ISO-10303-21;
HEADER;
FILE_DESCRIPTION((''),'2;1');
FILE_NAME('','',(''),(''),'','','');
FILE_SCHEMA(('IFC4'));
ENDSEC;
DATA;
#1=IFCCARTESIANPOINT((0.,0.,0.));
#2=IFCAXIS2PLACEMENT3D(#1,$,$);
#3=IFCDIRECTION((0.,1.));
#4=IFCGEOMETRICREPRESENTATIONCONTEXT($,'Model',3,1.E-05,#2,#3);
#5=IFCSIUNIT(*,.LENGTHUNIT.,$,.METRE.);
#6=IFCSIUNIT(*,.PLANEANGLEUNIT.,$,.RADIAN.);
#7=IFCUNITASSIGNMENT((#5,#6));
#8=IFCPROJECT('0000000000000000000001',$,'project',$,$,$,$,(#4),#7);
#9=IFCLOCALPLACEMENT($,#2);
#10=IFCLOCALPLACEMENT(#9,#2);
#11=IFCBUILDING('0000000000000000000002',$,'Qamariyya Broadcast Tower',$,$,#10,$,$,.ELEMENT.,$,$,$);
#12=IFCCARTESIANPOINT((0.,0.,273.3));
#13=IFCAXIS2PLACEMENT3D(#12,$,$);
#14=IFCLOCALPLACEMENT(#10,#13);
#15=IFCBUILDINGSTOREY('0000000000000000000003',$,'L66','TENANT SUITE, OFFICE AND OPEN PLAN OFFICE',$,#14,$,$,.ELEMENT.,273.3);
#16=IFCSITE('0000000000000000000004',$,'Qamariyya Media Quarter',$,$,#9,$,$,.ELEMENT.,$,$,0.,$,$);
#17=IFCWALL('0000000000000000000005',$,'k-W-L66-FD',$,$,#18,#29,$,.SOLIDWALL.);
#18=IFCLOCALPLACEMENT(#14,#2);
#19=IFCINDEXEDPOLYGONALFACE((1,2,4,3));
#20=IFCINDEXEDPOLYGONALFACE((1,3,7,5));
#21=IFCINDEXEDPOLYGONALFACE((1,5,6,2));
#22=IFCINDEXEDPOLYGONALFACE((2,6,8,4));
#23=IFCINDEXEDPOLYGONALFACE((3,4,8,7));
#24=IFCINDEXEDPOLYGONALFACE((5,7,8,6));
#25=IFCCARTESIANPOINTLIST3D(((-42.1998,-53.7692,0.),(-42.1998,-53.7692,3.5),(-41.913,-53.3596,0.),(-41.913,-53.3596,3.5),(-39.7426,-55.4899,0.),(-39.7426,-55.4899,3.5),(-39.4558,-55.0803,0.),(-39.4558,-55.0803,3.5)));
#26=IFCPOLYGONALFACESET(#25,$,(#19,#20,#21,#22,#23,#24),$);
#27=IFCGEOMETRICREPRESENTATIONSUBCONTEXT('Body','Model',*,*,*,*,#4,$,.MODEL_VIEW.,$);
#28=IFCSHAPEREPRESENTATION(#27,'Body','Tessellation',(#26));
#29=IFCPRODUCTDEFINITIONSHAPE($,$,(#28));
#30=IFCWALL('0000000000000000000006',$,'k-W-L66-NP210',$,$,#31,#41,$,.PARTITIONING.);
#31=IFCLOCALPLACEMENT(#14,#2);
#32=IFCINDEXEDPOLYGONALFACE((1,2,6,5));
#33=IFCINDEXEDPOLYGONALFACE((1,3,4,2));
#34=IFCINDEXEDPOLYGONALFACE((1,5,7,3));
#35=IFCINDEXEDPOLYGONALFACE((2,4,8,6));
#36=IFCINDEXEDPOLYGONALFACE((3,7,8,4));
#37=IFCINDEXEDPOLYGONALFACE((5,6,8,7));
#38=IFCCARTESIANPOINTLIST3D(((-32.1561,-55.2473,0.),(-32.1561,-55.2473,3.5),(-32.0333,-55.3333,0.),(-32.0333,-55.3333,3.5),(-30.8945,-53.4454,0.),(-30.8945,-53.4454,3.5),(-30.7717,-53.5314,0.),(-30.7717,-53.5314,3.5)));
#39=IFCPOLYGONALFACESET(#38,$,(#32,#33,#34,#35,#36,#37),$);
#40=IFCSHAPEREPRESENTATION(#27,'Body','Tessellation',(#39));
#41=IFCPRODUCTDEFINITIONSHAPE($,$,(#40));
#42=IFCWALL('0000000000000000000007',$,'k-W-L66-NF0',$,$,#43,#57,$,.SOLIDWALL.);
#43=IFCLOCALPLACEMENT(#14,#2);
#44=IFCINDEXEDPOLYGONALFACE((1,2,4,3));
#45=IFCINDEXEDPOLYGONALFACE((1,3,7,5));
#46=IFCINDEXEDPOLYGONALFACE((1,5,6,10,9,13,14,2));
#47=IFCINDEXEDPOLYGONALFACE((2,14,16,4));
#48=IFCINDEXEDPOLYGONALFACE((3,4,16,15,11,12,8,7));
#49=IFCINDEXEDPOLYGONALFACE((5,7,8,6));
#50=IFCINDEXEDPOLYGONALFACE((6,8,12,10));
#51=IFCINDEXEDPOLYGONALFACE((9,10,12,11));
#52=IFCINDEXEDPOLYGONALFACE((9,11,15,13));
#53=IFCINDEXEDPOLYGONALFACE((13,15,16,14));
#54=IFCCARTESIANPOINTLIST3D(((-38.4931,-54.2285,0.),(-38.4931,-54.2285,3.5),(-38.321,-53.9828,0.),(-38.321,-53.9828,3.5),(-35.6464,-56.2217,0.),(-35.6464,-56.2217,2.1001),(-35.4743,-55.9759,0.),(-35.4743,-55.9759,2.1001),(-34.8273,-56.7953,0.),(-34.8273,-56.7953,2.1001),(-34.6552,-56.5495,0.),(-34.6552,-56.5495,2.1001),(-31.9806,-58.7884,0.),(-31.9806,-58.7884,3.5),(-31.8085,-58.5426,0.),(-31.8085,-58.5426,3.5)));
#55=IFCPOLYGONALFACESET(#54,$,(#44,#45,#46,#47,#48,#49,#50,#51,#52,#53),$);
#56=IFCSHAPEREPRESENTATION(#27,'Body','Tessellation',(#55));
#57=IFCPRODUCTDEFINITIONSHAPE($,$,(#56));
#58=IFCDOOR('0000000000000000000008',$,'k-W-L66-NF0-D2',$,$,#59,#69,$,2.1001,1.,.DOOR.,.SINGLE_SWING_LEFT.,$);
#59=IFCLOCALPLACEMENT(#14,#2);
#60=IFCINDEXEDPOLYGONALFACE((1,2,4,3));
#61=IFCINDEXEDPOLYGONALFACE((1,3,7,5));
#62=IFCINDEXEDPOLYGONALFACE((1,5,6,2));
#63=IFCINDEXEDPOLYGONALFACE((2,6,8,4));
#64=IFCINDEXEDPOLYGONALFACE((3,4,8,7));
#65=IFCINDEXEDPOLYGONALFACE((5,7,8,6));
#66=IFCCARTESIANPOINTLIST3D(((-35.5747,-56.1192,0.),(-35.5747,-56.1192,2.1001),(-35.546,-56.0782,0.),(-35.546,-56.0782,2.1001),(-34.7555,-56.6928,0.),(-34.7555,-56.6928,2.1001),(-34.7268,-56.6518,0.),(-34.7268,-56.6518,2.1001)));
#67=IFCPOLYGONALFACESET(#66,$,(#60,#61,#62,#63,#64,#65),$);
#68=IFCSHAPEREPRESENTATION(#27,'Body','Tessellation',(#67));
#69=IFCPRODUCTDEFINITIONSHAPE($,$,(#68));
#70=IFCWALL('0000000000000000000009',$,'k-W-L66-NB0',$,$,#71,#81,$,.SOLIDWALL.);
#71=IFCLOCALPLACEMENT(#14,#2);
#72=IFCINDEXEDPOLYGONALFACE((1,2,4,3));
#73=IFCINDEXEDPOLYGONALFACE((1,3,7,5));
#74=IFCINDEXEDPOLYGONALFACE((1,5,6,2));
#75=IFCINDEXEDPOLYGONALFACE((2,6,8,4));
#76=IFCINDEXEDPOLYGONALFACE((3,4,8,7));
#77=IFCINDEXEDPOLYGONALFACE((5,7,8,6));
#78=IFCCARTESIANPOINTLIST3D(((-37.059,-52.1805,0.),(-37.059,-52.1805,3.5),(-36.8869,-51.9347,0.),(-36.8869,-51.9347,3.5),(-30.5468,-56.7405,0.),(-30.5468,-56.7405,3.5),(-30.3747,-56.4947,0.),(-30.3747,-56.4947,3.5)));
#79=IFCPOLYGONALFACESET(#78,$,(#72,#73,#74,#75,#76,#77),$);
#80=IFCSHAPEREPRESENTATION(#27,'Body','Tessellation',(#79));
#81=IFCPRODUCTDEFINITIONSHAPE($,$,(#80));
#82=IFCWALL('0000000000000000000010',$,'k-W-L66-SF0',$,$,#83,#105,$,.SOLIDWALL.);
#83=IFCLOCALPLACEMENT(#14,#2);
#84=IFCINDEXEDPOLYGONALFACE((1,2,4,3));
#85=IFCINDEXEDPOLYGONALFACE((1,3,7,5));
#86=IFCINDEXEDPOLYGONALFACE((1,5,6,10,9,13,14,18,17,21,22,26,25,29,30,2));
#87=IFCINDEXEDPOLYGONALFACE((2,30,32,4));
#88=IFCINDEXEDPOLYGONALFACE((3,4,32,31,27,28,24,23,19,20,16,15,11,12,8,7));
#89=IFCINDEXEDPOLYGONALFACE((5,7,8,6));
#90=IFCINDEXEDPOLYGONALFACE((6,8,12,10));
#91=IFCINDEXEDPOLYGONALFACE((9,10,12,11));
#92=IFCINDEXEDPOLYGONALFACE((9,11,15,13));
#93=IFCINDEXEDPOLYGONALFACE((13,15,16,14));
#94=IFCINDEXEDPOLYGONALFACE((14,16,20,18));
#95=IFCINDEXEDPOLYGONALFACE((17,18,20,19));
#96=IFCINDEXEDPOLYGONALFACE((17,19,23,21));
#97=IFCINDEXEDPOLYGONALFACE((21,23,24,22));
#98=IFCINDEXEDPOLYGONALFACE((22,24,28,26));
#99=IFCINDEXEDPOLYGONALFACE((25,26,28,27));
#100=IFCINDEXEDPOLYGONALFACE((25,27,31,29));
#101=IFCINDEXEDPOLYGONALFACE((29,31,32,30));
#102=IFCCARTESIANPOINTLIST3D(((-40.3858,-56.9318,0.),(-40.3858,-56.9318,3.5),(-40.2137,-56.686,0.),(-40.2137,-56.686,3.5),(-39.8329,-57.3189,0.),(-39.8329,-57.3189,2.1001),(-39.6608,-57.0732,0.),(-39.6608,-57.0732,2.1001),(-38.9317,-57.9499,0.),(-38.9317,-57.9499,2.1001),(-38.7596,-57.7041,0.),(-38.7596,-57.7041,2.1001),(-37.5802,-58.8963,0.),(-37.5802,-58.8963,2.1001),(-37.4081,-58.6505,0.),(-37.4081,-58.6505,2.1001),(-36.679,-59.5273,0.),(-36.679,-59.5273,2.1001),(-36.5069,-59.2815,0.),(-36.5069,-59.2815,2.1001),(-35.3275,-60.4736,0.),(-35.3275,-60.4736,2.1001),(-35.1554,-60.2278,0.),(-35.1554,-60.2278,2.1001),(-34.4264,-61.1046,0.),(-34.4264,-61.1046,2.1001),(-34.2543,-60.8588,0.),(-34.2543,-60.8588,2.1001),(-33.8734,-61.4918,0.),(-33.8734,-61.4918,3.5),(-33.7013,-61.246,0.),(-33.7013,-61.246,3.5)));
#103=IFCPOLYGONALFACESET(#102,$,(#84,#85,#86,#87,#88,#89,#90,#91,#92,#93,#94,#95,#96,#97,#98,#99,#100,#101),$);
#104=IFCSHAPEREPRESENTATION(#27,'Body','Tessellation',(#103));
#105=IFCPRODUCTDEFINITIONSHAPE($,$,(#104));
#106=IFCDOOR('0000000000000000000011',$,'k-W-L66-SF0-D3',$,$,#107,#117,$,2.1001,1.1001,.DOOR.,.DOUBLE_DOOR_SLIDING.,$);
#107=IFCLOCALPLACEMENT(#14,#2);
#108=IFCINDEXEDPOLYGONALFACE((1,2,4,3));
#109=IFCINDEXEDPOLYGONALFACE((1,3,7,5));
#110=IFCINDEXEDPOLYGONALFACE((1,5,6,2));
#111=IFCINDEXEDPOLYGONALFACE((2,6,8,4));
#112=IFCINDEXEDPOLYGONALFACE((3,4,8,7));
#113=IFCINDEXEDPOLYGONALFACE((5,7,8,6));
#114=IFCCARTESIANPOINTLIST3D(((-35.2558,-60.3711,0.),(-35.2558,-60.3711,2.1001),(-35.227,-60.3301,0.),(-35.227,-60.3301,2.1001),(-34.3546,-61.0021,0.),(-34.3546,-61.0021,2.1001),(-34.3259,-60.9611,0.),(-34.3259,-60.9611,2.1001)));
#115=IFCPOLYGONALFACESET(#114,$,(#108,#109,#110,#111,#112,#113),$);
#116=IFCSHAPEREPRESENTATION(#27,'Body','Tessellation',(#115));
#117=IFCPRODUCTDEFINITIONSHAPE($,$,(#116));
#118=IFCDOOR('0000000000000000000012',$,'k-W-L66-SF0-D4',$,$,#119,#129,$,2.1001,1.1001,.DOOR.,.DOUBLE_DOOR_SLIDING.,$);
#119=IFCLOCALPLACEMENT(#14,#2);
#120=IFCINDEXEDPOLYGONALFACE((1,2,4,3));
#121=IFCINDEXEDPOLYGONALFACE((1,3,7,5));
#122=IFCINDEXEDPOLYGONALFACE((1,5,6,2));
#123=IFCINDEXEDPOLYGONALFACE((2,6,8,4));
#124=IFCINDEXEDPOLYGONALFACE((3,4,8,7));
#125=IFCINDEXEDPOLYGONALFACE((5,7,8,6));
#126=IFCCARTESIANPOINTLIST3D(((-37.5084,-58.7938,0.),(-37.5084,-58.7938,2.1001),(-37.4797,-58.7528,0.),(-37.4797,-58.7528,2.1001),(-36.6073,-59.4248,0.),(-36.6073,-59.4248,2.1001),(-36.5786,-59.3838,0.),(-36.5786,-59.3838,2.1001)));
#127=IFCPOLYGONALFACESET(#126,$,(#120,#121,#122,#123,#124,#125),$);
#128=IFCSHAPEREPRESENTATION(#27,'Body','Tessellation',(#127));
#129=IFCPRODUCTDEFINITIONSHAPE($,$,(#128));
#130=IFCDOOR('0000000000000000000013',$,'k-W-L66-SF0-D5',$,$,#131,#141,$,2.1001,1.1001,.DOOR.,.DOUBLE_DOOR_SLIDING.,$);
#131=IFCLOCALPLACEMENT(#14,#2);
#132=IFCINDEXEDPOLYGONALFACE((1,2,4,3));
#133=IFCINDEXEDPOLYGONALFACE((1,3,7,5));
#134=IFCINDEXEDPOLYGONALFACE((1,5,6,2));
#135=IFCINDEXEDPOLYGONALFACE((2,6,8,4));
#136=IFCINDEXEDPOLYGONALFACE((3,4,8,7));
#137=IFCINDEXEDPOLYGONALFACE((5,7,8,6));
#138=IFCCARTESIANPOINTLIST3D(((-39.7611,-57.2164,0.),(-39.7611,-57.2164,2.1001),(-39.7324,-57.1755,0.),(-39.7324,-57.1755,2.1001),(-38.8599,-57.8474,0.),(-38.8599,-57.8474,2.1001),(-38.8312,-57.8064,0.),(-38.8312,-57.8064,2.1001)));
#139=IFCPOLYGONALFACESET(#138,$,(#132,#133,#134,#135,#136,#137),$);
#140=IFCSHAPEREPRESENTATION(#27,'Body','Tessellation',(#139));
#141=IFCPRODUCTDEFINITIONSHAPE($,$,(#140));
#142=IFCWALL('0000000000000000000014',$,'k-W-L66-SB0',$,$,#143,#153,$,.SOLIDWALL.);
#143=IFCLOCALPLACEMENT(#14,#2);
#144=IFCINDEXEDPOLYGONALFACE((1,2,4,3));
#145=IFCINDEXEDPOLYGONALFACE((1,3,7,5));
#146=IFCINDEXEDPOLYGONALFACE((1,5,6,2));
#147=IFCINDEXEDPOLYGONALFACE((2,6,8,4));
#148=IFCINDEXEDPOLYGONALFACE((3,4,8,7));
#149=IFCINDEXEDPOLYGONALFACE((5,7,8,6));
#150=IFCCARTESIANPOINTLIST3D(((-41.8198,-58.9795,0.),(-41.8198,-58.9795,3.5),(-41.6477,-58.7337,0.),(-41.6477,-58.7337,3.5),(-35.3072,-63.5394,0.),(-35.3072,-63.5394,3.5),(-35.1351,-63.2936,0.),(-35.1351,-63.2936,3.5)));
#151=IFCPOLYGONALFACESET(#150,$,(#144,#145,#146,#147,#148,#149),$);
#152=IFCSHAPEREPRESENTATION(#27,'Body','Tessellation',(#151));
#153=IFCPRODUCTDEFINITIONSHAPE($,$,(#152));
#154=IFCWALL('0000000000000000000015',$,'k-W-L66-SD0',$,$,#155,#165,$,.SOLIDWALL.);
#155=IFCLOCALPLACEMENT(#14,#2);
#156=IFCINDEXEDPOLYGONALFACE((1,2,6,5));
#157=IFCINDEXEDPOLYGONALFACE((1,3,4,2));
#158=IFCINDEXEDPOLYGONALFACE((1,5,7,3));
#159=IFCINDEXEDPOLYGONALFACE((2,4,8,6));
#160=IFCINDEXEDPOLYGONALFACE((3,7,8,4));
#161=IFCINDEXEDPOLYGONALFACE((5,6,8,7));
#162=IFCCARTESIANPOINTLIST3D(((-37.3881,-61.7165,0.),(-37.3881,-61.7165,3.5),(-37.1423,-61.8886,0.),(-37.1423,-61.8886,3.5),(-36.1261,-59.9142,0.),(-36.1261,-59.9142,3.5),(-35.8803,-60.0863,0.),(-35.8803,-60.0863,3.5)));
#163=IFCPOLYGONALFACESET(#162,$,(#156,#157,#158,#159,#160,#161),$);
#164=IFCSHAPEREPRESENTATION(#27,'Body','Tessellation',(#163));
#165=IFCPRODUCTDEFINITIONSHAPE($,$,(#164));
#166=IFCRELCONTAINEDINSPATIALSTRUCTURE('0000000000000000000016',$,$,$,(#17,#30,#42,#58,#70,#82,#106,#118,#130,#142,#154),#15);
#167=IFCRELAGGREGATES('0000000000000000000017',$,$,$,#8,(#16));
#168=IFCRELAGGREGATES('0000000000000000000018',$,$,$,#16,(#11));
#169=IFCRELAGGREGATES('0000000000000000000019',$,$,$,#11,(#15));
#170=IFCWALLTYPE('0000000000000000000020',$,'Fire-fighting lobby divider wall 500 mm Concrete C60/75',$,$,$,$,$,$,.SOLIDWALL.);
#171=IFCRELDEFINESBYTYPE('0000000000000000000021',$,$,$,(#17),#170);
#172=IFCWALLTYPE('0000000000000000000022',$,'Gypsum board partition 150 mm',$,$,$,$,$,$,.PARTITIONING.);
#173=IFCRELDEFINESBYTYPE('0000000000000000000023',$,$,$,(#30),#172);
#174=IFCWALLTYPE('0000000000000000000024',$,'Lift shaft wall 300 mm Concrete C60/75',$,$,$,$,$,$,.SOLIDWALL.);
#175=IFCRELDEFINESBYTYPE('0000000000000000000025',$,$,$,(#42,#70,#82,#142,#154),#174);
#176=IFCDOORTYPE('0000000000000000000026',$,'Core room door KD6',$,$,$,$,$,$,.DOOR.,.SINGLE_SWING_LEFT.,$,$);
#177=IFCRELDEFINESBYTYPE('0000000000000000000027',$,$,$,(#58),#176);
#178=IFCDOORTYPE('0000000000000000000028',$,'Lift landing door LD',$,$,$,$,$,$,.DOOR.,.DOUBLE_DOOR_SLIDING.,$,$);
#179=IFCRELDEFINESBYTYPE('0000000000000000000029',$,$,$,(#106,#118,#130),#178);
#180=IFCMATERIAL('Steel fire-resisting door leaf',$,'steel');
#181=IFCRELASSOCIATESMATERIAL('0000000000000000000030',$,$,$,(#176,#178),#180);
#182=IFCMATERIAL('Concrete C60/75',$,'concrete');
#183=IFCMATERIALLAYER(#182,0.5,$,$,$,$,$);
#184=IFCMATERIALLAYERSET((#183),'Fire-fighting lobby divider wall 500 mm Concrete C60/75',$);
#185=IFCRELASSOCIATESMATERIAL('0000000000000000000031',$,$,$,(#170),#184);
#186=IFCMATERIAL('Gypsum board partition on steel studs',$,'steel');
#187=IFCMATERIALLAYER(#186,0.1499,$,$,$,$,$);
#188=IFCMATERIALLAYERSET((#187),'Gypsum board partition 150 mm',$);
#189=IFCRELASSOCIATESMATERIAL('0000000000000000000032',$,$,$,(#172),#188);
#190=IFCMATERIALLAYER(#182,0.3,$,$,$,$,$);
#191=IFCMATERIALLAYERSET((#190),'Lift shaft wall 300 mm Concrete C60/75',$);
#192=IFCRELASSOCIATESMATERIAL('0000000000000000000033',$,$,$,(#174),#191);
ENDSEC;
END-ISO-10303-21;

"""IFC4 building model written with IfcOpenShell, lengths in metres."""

from ifc_helpers import new_model, si_unit, direction, frame, frame_2d, origin, place, context, subcontext, project, spatial, rectangle, extrude, material, layer, layer_set, type_object, element, fill, save


model = new_model("IFC4")

# Units and contexts
model_context = context("Model", 3, precision=1e-05, world=origin(), true_north=direction((0.0, 1.0)))
body_context = subcontext(model_context, "Body", "Model", "MODEL_VIEW")
ifc_project = project(units=[si_unit("LENGTHUNIT", "METRE"), si_unit("PLANEANGLEUNIT", "RADIAN")], contexts=[model_context])

# Site, building, storey
site_placement = place(None, origin())
site = spatial("IfcSite", under=ifc_project, at=site_placement, Name="Qamariyya Media Quarter", CompositionType="ELEMENT", RefElevation=0.0)
building_placement = place(site_placement, origin())
building = spatial("IfcBuilding", under=site, at=building_placement, Name="Qamariyya Broadcast Tower", CompositionType="ELEMENT")
storey_placement = place(building_placement, frame((0.0, 0.0, 273.3)))
storey = spatial("IfcBuildingStorey", under=building, at=storey_placement, Name="L66", Description="TENANT SUITE, OFFICE AND OPEN PLAN OFFICE", CompositionType="ELEMENT", Elevation=273.3)

# Shared definitions
ifc_material_1 = material(Name="Concrete C60/75", Category="concrete")
ifc_material_2 = material(Name="Steel fire-resisting door leaf", Category="steel")

# Shared definitions
door_type_1 = type_object("IfcDoorType", Name="Core room door KD6", OperationType="SINGLE_SWING_LEFT", PredefinedType="DOOR", material=ifc_material_2)

# Walls
ifc_layer_1 = layer(ifc_material_1, 0.5)
ifc_layer_set_1 = layer_set([ifc_layer_1], Name="Fire-fighting lobby divider wall 500 mm Concrete C60/75")
wall_type_1 = type_object("IfcWallType", Name="Fire-fighting lobby divider wall 500 mm Concrete C60/75", PredefinedType="SOLIDWALL", material=ifc_layer_set_1)
wall_1_placement = place(storey_placement, frame((-39.5991, -55.2852, 0.0), z_axis=(0.0, 0.0, 1.0), x_axis=(-0.819136, 0.573599, 0.0)))
element("IfcWall", 1, at=wall_1_placement, inside=storey, type_object=wall_type_1, Name="k-W-L66-FD", PredefinedType="SOLIDWALL", context=body_context, shape_type="SweptSolid", body=[
    extrude(rectangle(XDim=2.9998, YDim=0.5, at=frame_2d((1.5, 0.0))), origin(), (0.0, 0.0, 1.0), 3.5),
])
ifc_material_3 = material(Name="Gypsum board partition on steel studs", Category="steel")
ifc_layer_2 = layer(ifc_material_3, 0.1499)
ifc_layer_set_2 = layer_set([ifc_layer_2], Name="Gypsum board partition 150 mm")
wall_type_2 = type_object("IfcWallType", Name="Gypsum board partition 150 mm", PredefinedType="PARTITIONING", material=ifc_layer_set_2)
wall_2_placement = place(storey_placement, frame((-32.0947, -55.2903, 0.0), z_axis=(0.0, 0.0, 1.0), x_axis=(0.573559, 0.819164, 0.0)))
element("IfcWall", 2, at=wall_2_placement, inside=storey, type_object=wall_type_2, Name="k-W-L66-NP210", PredefinedType="PARTITIONING", context=body_context, shape_type="SweptSolid", body=[
    extrude(rectangle(XDim=2.1997, YDim=0.1499, at=frame_2d((1.0999, 0.0))), origin(), (0.0, 0.0, 1.0), 3.5),
])

# Wall, opening, door
ifc_layer_3 = layer(ifc_material_1, 0.3)
ifc_layer_set_3 = layer_set([ifc_layer_3], Name="Lift shaft wall 300 mm Concrete C60/75")
wall_type_3 = type_object("IfcWallType", Name="Lift shaft wall 300 mm Concrete C60/75", PredefinedType="SOLIDWALL", material=ifc_layer_set_3)
wall_3_placement = place(storey_placement, frame((-31.8945, -58.6655, 0.0), z_axis=(0.0, 0.0, 1.0), x_axis=(-0.819167, 0.573555, 0.0)))
wall_3 = element("IfcWall", 3, at=wall_3_placement, inside=storey, type_object=wall_type_3, Name="k-W-L66-NF0", PredefinedType="SOLIDWALL", context=body_context, shape_type="SweptSolid", body=[
    extrude(rectangle(XDim=7.9502, YDim=0.3, at=frame_2d((3.9751, 0.0))), origin(), (0.0, 0.0, 1.0), 3.5),
])
opening_1_placement = place(wall_3_placement, frame((3.4751, 0.0, 0.0)))
opening_1 = element("IfcOpeningElement", 4, at=opening_1_placement, cuts=wall_3, PredefinedType="OPENING", context=body_context, shape_type="SweptSolid", body=[
    extrude(rectangle(XDim=1.0, YDim=2.1001, at=frame_2d((0.5, 1.05))), frame((0.0, 0.1599, 0.0), z_axis=(0.0, -1.0, 0.0), x_axis=(1.0, 0.0, 0.0)), (0.0, 0.0, 1.0), 0.3201),
])
door_1_placement = place(opening_1_placement, origin())
door_1 = element("IfcDoor", 5, at=door_1_placement, inside=storey, type_object=door_type_1, Name="k-W-L66-NF0-D2", OperationType="SINGLE_SWING_LEFT", OverallHeight=2.1001, OverallWidth=1.0, PredefinedType="DOOR", context=body_context, shape_type="SweptSolid", body=[
    extrude(rectangle(XDim=1.0, YDim=2.1001, at=frame_2d((0.5, 1.05))), frame((0.0, 0.0249, 0.0), z_axis=(0.0, -1.0, 0.0), x_axis=(1.0, 0.0, 0.0)), (0.0, 0.0, 1.0), 0.05),
])
fill(opening_1, door_1)

# Wall
wall_4_placement = place(storey_placement, frame((-30.4607, -56.6177, 0.0), z_axis=(0.0, 0.0, 1.0), x_axis=(-0.819142, 0.57359, 0.0)))
element("IfcWall", 6, at=wall_4_placement, inside=storey, type_object=wall_type_3, Name="k-W-L66-NB0", PredefinedType="SOLIDWALL", context=body_context, shape_type="SweptSolid", body=[
    extrude(rectangle(XDim=7.95, YDim=0.3, at=frame_2d((3.9751, 0.0))), origin(), (0.0, 0.0, 1.0), 3.5),
])

# Wall, openings, doors
wall_5_placement = place(storey_placement, frame((-33.7874, -61.3689, 0.0), z_axis=(0.0, 0.0, 1.0), x_axis=(-0.819153, 0.573576, 0.0)))
wall_5 = element("IfcWall", 7, at=wall_5_placement, inside=storey, type_object=wall_type_3, Name="k-W-L66-SF0", PredefinedType="SOLIDWALL", context=body_context, shape_type="SweptSolid", body=[
    extrude(rectangle(XDim=7.9502, YDim=0.3, at=frame_2d((3.9751, 0.0))), origin(), (0.0, 0.0, 1.0), 3.5),
])
opening_2_placement = place(wall_5_placement, frame((0.675, 0.0, 0.0)))
opening_2 = element("IfcOpeningElement", 8, at=opening_2_placement, cuts=wall_5, PredefinedType="OPENING", context=body_context, shape_type="SweptSolid", body=[
    extrude(rectangle(XDim=1.1001, YDim=2.1001, at=frame_2d((0.55, 1.05))), frame((0.0, 0.1599, 0.0), z_axis=(0.0, -1.0, 0.0), x_axis=(1.0, 0.0, 0.0)), (0.0, 0.0, 1.0), 0.3201),
])
opening_3_placement = place(wall_5_placement, frame((3.425, 0.0, 0.0)))
opening_3 = element("IfcOpeningElement", 9, at=opening_3_placement, cuts=wall_5, PredefinedType="OPENING", context=body_context, shape_type="SweptSolid", body=[
    extrude(rectangle(XDim=1.1001, YDim=2.1001, at=frame_2d((0.55, 1.05))), frame((0.0, 0.1599, 0.0), z_axis=(0.0, -1.0, 0.0), x_axis=(1.0, 0.0, 0.0)), (0.0, 0.0, 1.0), 0.3201),
])
opening_4_placement = place(wall_5_placement, frame((6.175, 0.0, 0.0)))
opening_4 = element("IfcOpeningElement", 10, at=opening_4_placement, cuts=wall_5, PredefinedType="OPENING", context=body_context, shape_type="SweptSolid", body=[
    extrude(rectangle(XDim=1.1001, YDim=2.1001, at=frame_2d((0.55, 1.05))), frame((0.0, 0.1599, 0.0), z_axis=(0.0, -1.0, 0.0), x_axis=(1.0, 0.0, 0.0)), (0.0, 0.0, 1.0), 0.3201),
])
door_type_2 = type_object("IfcDoorType", Name="Lift landing door LD", OperationType="DOUBLE_DOOR_SLIDING", PredefinedType="DOOR", material=ifc_material_2)
door_2_placement = place(opening_2_placement, origin())
door_2 = element("IfcDoor", 11, at=door_2_placement, inside=storey, type_object=door_type_2, Name="k-W-L66-SF0-D3", OperationType="DOUBLE_DOOR_SLIDING", OverallHeight=2.1001, OverallWidth=1.1001, PredefinedType="DOOR", context=body_context, shape_type="SweptSolid", body=[
    extrude(rectangle(XDim=1.1001, YDim=2.1001, at=frame_2d((0.55, 1.05))), frame((0.0, 0.0249, 0.0), z_axis=(0.0, -1.0, 0.0), x_axis=(1.0, 0.0, 0.0)), (0.0, 0.0, 1.0), 0.05),
])
fill(opening_2, door_2)
door_3_placement = place(opening_3_placement, origin())
door_3 = element("IfcDoor", 12, at=door_3_placement, inside=storey, type_object=door_type_2, Name="k-W-L66-SF0-D4", OperationType="DOUBLE_DOOR_SLIDING", OverallHeight=2.1001, OverallWidth=1.1001, PredefinedType="DOOR", context=body_context, shape_type="SweptSolid", body=[
    extrude(rectangle(XDim=1.1001, YDim=2.1001, at=frame_2d((0.55, 1.05))), frame((0.0, 0.0249, 0.0), z_axis=(0.0, -1.0, 0.0), x_axis=(1.0, 0.0, 0.0)), (0.0, 0.0, 1.0), 0.05),
])
fill(opening_3, door_3)
door_4_placement = place(opening_4_placement, origin())
door_4 = element("IfcDoor", 13, at=door_4_placement, inside=storey, type_object=door_type_2, Name="k-W-L66-SF0-D5", OperationType="DOUBLE_DOOR_SLIDING", OverallHeight=2.1001, OverallWidth=1.1001, PredefinedType="DOOR", context=body_context, shape_type="SweptSolid", body=[
    extrude(rectangle(XDim=1.1001, YDim=2.1001, at=frame_2d((0.55, 1.05))), frame((0.0, 0.0249, 0.0), z_axis=(0.0, -1.0, 0.0), x_axis=(1.0, 0.0, 0.0)), (0.0, 0.0, 1.0), 0.05),
])
fill(opening_4, door_4)

# Walls
wall_6_placement = place(storey_placement, frame((-35.2212, -63.4165, 0.0), z_axis=(0.0, 0.0, 1.0), x_axis=(-0.819167, 0.573555, 0.0)))
element("IfcWall", 14, at=wall_6_placement, inside=storey, type_object=wall_type_3, Name="k-W-L66-SB0", PredefinedType="SOLIDWALL", context=body_context, shape_type="SweptSolid", body=[
    extrude(rectangle(XDim=7.9502, YDim=0.3, at=frame_2d((3.9751, 0.0))), origin(), (0.0, 0.0, 1.0), 3.5),
])
wall_7_placement = place(storey_placement, frame((-36.0032, -60.0002, 0.0), z_axis=(0.0, 0.0, 1.0), x_axis=(-0.573581, -0.819149, 0.0)))
element("IfcWall", 15, at=wall_7_placement, inside=storey, type_object=wall_type_3, Name="k-W-L66-SD0", PredefinedType="SOLIDWALL", context=body_context, shape_type="SweptSolid", body=[
    extrude(rectangle(XDim=2.2002, YDim=0.3, at=frame_2d((1.1001, 0.0))), origin(), (0.0, 0.0, 1.0), 3.5),
])

save(model, "model.ifc")
